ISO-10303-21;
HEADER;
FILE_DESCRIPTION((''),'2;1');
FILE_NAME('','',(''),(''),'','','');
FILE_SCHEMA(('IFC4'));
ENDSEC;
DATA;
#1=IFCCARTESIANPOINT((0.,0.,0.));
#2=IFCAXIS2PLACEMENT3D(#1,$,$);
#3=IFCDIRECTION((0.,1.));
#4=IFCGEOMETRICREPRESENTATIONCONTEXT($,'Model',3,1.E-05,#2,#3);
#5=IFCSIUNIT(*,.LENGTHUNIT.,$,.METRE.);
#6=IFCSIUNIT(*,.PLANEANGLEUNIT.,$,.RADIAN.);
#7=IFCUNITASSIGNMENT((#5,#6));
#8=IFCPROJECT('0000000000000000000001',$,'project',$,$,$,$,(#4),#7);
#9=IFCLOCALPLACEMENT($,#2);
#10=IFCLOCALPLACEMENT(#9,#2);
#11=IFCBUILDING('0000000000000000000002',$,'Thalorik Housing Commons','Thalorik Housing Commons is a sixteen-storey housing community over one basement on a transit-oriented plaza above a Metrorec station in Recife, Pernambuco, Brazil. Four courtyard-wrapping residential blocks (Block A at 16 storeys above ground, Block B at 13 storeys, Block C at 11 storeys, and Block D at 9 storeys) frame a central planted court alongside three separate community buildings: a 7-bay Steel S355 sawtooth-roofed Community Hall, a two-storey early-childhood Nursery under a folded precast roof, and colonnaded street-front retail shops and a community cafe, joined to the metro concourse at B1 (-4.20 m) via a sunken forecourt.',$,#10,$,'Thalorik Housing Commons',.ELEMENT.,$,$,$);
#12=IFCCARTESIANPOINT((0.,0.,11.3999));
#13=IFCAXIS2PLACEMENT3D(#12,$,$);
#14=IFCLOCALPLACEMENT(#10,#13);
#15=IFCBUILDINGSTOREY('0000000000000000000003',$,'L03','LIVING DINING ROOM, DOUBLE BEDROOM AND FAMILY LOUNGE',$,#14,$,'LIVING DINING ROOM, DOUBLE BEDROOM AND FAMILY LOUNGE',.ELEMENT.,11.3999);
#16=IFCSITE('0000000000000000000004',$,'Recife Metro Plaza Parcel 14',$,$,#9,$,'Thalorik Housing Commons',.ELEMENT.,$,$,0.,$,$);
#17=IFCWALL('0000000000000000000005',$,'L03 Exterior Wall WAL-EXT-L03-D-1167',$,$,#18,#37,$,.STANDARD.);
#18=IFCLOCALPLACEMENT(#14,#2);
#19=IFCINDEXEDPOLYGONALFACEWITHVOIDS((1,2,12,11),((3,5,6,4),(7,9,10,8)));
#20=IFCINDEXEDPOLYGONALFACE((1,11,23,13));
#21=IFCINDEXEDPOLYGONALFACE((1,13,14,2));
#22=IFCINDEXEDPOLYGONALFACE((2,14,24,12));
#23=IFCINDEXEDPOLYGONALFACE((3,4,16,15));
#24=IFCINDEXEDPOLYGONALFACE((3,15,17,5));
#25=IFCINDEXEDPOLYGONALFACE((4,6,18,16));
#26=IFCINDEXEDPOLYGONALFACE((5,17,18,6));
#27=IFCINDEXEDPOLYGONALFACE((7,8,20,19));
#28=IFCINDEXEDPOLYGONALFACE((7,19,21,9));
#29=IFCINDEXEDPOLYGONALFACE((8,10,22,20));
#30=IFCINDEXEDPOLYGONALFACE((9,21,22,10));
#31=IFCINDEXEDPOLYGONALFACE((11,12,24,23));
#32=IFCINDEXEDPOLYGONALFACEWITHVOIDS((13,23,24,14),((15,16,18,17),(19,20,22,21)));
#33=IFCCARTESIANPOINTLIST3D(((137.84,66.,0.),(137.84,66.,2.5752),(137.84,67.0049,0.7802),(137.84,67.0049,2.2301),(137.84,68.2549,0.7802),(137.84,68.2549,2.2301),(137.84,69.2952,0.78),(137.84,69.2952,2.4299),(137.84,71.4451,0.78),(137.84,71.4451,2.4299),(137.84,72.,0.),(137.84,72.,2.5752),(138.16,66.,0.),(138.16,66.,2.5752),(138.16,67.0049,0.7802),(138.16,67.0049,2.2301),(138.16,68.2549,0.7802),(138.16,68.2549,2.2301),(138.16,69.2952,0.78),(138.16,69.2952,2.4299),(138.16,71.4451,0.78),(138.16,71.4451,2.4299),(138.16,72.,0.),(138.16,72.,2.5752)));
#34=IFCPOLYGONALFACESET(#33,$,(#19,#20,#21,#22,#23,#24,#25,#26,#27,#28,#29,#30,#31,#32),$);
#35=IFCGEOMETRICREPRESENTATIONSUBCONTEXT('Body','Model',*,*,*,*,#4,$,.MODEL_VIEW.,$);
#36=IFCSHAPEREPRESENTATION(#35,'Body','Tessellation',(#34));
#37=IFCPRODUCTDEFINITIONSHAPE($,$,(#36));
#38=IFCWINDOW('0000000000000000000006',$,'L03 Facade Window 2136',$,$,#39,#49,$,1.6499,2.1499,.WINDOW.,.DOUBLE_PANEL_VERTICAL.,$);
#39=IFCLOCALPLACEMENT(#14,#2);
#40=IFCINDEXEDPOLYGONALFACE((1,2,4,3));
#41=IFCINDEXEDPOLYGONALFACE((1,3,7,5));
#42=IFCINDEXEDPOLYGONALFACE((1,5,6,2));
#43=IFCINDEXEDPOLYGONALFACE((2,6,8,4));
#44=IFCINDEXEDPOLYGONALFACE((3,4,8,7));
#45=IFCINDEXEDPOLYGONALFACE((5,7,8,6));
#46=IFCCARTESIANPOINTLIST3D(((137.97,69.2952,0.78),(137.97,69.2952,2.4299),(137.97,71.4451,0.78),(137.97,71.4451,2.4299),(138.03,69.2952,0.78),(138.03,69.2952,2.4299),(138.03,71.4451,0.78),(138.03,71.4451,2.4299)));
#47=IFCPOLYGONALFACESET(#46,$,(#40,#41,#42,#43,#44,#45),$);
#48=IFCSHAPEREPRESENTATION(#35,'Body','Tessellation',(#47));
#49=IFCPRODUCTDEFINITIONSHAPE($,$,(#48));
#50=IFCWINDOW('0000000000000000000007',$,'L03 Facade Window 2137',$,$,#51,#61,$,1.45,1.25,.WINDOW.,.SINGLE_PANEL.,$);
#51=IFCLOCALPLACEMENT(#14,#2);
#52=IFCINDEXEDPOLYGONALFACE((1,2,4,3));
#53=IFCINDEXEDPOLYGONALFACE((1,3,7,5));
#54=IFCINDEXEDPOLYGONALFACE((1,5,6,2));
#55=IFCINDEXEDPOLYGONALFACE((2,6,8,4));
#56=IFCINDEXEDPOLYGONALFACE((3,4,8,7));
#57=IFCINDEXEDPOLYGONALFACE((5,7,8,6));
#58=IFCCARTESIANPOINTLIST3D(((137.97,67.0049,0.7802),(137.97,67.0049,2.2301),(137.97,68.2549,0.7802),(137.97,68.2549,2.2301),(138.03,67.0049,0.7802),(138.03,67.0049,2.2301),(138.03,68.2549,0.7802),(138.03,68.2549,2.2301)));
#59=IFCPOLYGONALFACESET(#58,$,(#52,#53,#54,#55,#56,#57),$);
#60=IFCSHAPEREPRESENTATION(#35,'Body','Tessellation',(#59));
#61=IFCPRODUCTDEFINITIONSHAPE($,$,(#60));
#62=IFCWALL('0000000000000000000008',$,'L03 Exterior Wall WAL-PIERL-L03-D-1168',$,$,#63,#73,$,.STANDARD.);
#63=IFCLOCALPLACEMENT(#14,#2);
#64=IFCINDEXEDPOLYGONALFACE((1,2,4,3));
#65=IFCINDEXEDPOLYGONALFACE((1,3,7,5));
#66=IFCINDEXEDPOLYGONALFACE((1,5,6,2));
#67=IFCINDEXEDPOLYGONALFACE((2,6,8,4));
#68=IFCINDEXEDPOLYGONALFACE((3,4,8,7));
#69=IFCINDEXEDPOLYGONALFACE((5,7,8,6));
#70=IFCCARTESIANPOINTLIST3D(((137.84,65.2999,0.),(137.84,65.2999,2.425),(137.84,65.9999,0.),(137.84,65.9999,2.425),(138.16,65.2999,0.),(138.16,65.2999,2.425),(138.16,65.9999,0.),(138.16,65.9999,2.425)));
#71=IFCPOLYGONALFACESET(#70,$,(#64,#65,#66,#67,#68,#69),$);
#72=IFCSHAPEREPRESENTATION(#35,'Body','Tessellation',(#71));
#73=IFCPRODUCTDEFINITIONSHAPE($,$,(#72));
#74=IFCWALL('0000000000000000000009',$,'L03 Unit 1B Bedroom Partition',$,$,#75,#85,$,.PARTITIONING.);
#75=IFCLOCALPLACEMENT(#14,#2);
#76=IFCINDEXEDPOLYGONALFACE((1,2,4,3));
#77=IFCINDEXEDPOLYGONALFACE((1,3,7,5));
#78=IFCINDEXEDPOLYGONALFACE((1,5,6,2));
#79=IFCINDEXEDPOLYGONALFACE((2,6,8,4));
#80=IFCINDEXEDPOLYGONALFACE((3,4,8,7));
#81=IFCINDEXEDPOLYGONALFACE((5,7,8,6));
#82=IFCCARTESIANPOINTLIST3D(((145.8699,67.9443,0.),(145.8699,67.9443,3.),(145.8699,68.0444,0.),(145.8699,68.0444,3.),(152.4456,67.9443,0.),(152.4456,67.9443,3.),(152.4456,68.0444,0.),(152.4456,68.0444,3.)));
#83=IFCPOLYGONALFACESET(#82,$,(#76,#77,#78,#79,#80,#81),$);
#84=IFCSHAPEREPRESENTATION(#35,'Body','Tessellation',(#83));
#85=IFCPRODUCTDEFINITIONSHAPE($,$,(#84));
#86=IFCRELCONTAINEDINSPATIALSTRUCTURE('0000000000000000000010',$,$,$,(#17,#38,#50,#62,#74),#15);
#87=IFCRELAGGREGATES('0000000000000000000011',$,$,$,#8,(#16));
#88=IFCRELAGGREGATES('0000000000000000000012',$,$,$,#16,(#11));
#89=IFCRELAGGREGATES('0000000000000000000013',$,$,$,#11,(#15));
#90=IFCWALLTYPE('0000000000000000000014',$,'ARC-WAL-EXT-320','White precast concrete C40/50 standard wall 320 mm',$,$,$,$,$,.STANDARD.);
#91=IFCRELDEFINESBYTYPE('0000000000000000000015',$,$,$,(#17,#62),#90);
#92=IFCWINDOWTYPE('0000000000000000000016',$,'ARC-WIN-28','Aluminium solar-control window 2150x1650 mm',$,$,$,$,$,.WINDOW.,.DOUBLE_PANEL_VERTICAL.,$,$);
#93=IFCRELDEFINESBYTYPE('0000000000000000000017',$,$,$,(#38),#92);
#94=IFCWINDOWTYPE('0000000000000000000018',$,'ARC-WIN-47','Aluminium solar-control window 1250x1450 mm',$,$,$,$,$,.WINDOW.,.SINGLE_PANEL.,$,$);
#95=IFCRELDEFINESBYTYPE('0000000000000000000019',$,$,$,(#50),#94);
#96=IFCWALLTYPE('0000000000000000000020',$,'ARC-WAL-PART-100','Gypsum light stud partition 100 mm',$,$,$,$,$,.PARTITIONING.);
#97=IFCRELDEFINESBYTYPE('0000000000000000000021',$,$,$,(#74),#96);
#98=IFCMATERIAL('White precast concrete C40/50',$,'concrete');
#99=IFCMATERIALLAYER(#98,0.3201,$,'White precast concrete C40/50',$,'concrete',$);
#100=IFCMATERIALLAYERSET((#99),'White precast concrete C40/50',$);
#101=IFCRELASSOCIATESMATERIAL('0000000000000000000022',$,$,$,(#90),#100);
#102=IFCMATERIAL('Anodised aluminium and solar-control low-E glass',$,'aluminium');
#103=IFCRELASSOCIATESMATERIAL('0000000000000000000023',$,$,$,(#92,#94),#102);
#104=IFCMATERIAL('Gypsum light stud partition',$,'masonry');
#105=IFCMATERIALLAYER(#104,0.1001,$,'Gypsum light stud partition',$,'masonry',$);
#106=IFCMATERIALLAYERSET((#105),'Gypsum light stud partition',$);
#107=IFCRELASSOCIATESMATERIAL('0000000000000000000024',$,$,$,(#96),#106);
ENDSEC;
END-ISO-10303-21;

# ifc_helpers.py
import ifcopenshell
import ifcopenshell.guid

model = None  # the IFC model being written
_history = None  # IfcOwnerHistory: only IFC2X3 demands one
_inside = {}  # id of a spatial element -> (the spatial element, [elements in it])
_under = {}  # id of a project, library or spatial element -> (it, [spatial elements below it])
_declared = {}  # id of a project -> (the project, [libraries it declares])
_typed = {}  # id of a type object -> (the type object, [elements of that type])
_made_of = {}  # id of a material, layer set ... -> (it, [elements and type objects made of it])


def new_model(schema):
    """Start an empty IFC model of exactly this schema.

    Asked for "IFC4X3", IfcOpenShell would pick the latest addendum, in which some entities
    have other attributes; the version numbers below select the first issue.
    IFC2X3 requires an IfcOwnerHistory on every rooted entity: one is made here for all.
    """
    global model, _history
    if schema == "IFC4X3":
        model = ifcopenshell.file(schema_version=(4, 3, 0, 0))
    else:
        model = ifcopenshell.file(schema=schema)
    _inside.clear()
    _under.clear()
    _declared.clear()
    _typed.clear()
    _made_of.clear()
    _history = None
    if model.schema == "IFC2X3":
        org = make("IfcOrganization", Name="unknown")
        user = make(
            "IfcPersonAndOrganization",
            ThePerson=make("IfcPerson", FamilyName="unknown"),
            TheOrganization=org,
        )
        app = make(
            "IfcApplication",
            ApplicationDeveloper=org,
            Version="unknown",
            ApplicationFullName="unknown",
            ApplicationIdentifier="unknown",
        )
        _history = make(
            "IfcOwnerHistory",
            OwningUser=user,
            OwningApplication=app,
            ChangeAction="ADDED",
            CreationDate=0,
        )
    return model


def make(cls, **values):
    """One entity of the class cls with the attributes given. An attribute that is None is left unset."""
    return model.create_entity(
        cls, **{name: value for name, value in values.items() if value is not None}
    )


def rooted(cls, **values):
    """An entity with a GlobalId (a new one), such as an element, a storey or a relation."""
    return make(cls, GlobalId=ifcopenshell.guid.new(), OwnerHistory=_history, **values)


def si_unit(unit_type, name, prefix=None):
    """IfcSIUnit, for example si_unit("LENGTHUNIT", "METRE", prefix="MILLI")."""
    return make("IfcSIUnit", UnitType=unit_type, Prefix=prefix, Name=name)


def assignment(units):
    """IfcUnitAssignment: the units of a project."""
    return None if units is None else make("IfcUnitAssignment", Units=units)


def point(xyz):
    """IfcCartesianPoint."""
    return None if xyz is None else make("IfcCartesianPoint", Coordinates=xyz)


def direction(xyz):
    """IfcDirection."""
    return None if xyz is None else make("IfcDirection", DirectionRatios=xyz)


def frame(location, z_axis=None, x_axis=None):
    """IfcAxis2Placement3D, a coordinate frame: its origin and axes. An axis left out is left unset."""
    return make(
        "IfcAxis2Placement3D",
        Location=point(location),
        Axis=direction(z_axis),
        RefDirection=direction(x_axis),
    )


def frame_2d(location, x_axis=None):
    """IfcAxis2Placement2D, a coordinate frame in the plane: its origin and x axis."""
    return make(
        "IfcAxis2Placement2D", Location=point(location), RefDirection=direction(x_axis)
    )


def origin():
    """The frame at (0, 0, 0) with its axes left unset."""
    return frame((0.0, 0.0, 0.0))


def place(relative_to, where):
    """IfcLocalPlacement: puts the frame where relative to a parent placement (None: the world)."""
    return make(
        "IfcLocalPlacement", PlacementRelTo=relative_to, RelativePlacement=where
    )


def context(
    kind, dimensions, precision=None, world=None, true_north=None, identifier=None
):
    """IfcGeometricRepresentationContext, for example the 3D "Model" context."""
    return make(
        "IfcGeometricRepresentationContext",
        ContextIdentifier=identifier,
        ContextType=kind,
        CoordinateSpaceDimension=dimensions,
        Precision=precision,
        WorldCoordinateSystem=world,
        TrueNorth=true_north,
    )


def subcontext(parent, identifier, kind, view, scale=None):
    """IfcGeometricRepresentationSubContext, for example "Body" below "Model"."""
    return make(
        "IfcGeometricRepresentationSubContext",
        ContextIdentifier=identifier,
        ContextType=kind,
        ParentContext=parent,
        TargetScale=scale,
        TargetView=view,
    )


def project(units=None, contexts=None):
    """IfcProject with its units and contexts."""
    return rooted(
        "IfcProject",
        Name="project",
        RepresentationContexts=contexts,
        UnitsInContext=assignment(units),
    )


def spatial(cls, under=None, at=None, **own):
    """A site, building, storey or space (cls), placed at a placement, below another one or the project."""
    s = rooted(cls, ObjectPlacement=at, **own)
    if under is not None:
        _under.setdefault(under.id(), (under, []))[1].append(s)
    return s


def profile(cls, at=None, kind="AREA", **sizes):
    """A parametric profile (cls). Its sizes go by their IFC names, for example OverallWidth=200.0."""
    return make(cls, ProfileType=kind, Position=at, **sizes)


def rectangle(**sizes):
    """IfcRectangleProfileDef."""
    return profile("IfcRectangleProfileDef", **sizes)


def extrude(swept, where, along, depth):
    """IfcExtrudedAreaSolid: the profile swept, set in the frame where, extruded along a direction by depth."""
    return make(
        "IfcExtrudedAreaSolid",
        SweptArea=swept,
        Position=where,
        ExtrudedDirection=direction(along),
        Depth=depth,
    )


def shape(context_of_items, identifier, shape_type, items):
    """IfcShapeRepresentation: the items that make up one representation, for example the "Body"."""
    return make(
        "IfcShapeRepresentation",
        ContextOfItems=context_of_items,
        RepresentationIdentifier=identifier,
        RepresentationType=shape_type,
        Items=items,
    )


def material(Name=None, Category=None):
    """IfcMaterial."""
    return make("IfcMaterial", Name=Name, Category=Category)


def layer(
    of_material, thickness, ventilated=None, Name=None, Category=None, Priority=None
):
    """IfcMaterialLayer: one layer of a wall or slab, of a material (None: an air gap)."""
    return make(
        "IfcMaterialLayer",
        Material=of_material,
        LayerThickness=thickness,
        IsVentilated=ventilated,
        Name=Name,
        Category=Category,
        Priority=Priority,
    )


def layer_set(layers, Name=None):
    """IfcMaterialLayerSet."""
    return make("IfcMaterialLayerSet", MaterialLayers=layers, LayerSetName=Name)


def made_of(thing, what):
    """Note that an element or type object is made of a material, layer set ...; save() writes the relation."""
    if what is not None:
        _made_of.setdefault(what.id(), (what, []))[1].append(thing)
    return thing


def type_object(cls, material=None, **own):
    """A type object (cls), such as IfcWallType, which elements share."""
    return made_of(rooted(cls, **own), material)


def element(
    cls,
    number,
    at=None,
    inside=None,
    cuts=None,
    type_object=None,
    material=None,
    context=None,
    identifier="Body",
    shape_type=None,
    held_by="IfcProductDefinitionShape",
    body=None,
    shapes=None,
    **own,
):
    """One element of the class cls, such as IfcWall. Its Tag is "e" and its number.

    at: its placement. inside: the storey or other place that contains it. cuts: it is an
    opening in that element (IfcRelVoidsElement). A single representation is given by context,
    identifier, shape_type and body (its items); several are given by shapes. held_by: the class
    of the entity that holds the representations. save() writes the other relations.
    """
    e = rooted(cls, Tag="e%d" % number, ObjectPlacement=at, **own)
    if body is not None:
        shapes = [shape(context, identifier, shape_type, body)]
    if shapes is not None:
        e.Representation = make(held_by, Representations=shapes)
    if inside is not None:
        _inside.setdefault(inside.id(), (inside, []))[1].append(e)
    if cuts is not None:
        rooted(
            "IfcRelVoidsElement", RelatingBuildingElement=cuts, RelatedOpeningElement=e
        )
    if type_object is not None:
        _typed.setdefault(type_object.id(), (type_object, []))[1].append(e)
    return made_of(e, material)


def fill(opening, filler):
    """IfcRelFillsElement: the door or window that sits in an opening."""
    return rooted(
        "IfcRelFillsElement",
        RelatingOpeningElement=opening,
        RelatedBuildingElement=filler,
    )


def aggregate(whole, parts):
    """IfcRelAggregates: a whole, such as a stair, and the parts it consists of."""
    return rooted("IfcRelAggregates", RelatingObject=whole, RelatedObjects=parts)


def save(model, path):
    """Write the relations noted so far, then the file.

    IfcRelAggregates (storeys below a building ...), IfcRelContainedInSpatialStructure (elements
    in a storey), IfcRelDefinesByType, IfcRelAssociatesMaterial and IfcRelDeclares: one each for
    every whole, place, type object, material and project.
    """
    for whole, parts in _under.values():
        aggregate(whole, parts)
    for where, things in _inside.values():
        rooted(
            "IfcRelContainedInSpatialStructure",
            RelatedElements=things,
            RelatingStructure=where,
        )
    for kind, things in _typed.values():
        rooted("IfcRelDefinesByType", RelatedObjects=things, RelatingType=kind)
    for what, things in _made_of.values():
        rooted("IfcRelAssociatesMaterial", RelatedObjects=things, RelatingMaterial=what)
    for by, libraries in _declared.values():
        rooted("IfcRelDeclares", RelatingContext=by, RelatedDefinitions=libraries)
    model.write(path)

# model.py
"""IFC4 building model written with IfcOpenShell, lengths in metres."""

from ifc_helpers import new_model, si_unit, direction, frame, frame_2d, origin, place, context, subcontext, project, spatial, rectangle, extrude, material, layer, layer_set, type_object, element, fill, save


model = new_model("IFC4")

# Units and contexts
model_context = context("Model", 3, precision=1e-05, world=origin(), true_north=direction((0.0, 1.0)))
body_context = subcontext(model_context, "Body", "Model", "MODEL_VIEW")
ifc_project = project(units=[si_unit("LENGTHUNIT", "METRE"), si_unit("PLANEANGLEUNIT", "RADIAN")], contexts=[model_context])

# Site, building, storey
site_placement = place(None, origin())
site = spatial("IfcSite", under=ifc_project, at=site_placement, Name="Recife Metro Plaza Parcel 14", LongName="Thalorik Housing Commons", CompositionType="ELEMENT", RefElevation=0.0)
building_placement = place(site_placement, origin())
building = spatial("IfcBuilding", under=site, at=building_placement, Name="Thalorik Housing Commons", Description="Thalorik Housing Commons is a sixteen-storey housing community over one basement on a transit-oriented plaza above a Metrorec station in Recife, Pernambuco, Brazil. Four courtyard-wrapping residential blocks (Block A at 16 storeys above ground, Block B at 13 storeys, Block C at 11 storeys, and Block D at 9 storeys) frame a central planted court alongside three separate community buildings: a 7-bay Steel S355 sawtooth-roofed Community Hall, a two-storey early-childhood Nursery under a folded precast roof, and colonnaded street-front retail shops and a community cafe, joined to the metro concourse at B1 (-4.20 m) via a sunken forecourt.", LongName="Thalorik Housing Commons", CompositionType="ELEMENT")
storey_placement = place(building_placement, frame((0.0, 0.0, 11.3999)))
storey = spatial("IfcBuildingStorey", under=building, at=storey_placement, Name="L03", Description="LIVING DINING ROOM, DOUBLE BEDROOM AND FAMILY LOUNGE", LongName="LIVING DINING ROOM, DOUBLE BEDROOM AND FAMILY LOUNGE", CompositionType="ELEMENT", Elevation=11.3999)

# Shared definitions
ifc_material_1 = material(Name="Anodised aluminium and solar-control low-E glass", Category="aluminium")

# Shared definitions
ifc_material_2 = material(Name="White precast concrete C40/50", Category="concrete")
ifc_layer_1 = layer(ifc_material_2, 0.3201, Name="White precast concrete C40/50", Category="concrete")
ifc_layer_set_1 = layer_set([ifc_layer_1], Name="White precast concrete C40/50")
wall_type_1 = type_object("IfcWallType", Name="ARC-WAL-EXT-320", Description="White precast concrete C40/50 standard wall 320 mm", PredefinedType="STANDARD", material=ifc_layer_set_1)

# Wall, openings, windows
wall_1_placement = place(storey_placement, frame((138.0, 72.0, 0.0), z_axis=(0.0, 0.0, 1.0), x_axis=(0.0, -1.0, 0.0)))
wall_1 = element("IfcWall", 1, at=wall_1_placement, inside=storey, type_object=wall_type_1, Name="L03 Exterior Wall WAL-EXT-L03-D-1167", PredefinedType="STANDARD", context=body_context, shape_type="SweptSolid", body=[
    extrude(rectangle(XDim=6.0, YDim=0.3201, at=frame_2d((3.0, 0.0))), origin(), (0.0, 0.0, 1.0), 2.5752),
])
opening_1_placement = place(wall_1_placement, frame((0.5549, 0.0, 0.78)))
opening_1 = element("IfcOpeningElement", 2, at=opening_1_placement, cuts=wall_1, PredefinedType="OPENING", context=body_context, shape_type="SweptSolid", body=[
    extrude(rectangle(XDim=2.1499, YDim=1.6499, at=frame_2d((1.075, 0.825))), frame((0.0, 0.1699, 0.0), z_axis=(0.0, -1.0, 0.0), x_axis=(1.0, 0.0, 0.0)), (0.0, 0.0, 1.0), 0.3401),
])
opening_2_placement = place(wall_1_placement, frame((3.7451, 0.0, 0.78)))
opening_2 = element("IfcOpeningElement", 3, at=opening_2_placement, cuts=wall_1, PredefinedType="OPENING", context=body_context, shape_type="SweptSolid", body=[
    extrude(rectangle(XDim=1.25, YDim=1.45, at=frame_2d((0.625, 0.7251))), frame((0.0, 0.1699, 0.0), z_axis=(0.0, -1.0, 0.0), x_axis=(1.0, 0.0, 0.0)), (0.0, 0.0, 1.0), 0.3401),
])
window_type_1 = type_object("IfcWindowType", Name="ARC-WIN-28", Description="Aluminium solar-control window 2150x1650 mm", PartitioningType="DOUBLE_PANEL_VERTICAL", PredefinedType="WINDOW", material=ifc_material_1)
window_1_placement = place(opening_1_placement, origin())
window_1 = element("IfcWindow", 4, at=window_1_placement, inside=storey, type_object=window_type_1, Name="L03 Facade Window 2136", OverallHeight=1.6499, OverallWidth=2.1499, PartitioningType="DOUBLE_PANEL_VERTICAL", PredefinedType="WINDOW", context=body_context, shape_type="SweptSolid", body=[
    extrude(rectangle(XDim=2.1499, YDim=1.6499, at=frame_2d((1.075, 0.825))), frame((0.0, 0.03, 0.0), z_axis=(0.0, -1.0, 0.0), x_axis=(1.0, 0.0, 0.0)), (0.0, 0.0, 1.0), 0.0601),
])
fill(opening_1, window_1)
window_type_2 = type_object("IfcWindowType", Name="ARC-WIN-47", Description="Aluminium solar-control window 1250x1450 mm", PartitioningType="SINGLE_PANEL", PredefinedType="WINDOW", material=ifc_material_1)
window_2_placement = place(opening_2_placement, origin())
window_2 = element("IfcWindow", 5, at=window_2_placement, inside=storey, type_object=window_type_2, Name="L03 Facade Window 2137", OverallHeight=1.45, OverallWidth=1.25, PartitioningType="SINGLE_PANEL", PredefinedType="WINDOW", context=body_context, shape_type="SweptSolid", body=[
    extrude(rectangle(XDim=1.25, YDim=1.45, at=frame_2d((0.625, 0.7251))), frame((0.0, 0.03, 0.0), z_axis=(0.0, -1.0, 0.0), x_axis=(1.0, 0.0, 0.0)), (0.0, 0.0, 1.0), 0.0601),
])
fill(opening_2, window_2)

# Walls
wall_2_placement = place(storey_placement, frame((138.0, 66.0, 0.0), z_axis=(0.0, 0.0, 1.0), x_axis=(0.0, -1.0, 0.0)))
element("IfcWall", 6, at=wall_2_placement, inside=storey, type_object=wall_type_1, Name="L03 Exterior Wall WAL-PIERL-L03-D-1168", PredefinedType="STANDARD", context=body_context, shape_type="SweptSolid", body=[
    extrude(rectangle(XDim=0.7, YDim=0.3201, at=frame_2d((0.3501, 0.0))), origin(), (0.0, 0.0, 1.0), 2.425),
])
ifc_material_3 = material(Name="Gypsum light stud partition", Category="masonry")
ifc_layer_2 = layer(ifc_material_3, 0.1001, Name="Gypsum light stud partition", Category="masonry")
ifc_layer_set_2 = layer_set([ifc_layer_2], Name="Gypsum light stud partition")
wall_type_2 = type_object("IfcWallType", Name="ARC-WAL-PART-100", Description="Gypsum light stud partition 100 mm", PredefinedType="PARTITIONING", material=ifc_layer_set_2)
wall_3_placement = place(storey_placement, frame((145.8699, 67.9944, 0.0), z_axis=(0.0, 0.0, 1.0), x_axis=(1.0, 0.0, 0.0)))
element("IfcWall", 7, at=wall_3_placement, inside=storey, type_object=wall_type_2, Name="L03 Unit 1B Bedroom Partition", PredefinedType="PARTITIONING", context=body_context, shape_type="SweptSolid", body=[
    extrude(rectangle(XDim=6.5757, YDim=0.1001, at=frame_2d((3.2878, 0.0))), origin(), (0.0, 0.0, 1.0), 3.0),
])

save(model, "model.ifc")
